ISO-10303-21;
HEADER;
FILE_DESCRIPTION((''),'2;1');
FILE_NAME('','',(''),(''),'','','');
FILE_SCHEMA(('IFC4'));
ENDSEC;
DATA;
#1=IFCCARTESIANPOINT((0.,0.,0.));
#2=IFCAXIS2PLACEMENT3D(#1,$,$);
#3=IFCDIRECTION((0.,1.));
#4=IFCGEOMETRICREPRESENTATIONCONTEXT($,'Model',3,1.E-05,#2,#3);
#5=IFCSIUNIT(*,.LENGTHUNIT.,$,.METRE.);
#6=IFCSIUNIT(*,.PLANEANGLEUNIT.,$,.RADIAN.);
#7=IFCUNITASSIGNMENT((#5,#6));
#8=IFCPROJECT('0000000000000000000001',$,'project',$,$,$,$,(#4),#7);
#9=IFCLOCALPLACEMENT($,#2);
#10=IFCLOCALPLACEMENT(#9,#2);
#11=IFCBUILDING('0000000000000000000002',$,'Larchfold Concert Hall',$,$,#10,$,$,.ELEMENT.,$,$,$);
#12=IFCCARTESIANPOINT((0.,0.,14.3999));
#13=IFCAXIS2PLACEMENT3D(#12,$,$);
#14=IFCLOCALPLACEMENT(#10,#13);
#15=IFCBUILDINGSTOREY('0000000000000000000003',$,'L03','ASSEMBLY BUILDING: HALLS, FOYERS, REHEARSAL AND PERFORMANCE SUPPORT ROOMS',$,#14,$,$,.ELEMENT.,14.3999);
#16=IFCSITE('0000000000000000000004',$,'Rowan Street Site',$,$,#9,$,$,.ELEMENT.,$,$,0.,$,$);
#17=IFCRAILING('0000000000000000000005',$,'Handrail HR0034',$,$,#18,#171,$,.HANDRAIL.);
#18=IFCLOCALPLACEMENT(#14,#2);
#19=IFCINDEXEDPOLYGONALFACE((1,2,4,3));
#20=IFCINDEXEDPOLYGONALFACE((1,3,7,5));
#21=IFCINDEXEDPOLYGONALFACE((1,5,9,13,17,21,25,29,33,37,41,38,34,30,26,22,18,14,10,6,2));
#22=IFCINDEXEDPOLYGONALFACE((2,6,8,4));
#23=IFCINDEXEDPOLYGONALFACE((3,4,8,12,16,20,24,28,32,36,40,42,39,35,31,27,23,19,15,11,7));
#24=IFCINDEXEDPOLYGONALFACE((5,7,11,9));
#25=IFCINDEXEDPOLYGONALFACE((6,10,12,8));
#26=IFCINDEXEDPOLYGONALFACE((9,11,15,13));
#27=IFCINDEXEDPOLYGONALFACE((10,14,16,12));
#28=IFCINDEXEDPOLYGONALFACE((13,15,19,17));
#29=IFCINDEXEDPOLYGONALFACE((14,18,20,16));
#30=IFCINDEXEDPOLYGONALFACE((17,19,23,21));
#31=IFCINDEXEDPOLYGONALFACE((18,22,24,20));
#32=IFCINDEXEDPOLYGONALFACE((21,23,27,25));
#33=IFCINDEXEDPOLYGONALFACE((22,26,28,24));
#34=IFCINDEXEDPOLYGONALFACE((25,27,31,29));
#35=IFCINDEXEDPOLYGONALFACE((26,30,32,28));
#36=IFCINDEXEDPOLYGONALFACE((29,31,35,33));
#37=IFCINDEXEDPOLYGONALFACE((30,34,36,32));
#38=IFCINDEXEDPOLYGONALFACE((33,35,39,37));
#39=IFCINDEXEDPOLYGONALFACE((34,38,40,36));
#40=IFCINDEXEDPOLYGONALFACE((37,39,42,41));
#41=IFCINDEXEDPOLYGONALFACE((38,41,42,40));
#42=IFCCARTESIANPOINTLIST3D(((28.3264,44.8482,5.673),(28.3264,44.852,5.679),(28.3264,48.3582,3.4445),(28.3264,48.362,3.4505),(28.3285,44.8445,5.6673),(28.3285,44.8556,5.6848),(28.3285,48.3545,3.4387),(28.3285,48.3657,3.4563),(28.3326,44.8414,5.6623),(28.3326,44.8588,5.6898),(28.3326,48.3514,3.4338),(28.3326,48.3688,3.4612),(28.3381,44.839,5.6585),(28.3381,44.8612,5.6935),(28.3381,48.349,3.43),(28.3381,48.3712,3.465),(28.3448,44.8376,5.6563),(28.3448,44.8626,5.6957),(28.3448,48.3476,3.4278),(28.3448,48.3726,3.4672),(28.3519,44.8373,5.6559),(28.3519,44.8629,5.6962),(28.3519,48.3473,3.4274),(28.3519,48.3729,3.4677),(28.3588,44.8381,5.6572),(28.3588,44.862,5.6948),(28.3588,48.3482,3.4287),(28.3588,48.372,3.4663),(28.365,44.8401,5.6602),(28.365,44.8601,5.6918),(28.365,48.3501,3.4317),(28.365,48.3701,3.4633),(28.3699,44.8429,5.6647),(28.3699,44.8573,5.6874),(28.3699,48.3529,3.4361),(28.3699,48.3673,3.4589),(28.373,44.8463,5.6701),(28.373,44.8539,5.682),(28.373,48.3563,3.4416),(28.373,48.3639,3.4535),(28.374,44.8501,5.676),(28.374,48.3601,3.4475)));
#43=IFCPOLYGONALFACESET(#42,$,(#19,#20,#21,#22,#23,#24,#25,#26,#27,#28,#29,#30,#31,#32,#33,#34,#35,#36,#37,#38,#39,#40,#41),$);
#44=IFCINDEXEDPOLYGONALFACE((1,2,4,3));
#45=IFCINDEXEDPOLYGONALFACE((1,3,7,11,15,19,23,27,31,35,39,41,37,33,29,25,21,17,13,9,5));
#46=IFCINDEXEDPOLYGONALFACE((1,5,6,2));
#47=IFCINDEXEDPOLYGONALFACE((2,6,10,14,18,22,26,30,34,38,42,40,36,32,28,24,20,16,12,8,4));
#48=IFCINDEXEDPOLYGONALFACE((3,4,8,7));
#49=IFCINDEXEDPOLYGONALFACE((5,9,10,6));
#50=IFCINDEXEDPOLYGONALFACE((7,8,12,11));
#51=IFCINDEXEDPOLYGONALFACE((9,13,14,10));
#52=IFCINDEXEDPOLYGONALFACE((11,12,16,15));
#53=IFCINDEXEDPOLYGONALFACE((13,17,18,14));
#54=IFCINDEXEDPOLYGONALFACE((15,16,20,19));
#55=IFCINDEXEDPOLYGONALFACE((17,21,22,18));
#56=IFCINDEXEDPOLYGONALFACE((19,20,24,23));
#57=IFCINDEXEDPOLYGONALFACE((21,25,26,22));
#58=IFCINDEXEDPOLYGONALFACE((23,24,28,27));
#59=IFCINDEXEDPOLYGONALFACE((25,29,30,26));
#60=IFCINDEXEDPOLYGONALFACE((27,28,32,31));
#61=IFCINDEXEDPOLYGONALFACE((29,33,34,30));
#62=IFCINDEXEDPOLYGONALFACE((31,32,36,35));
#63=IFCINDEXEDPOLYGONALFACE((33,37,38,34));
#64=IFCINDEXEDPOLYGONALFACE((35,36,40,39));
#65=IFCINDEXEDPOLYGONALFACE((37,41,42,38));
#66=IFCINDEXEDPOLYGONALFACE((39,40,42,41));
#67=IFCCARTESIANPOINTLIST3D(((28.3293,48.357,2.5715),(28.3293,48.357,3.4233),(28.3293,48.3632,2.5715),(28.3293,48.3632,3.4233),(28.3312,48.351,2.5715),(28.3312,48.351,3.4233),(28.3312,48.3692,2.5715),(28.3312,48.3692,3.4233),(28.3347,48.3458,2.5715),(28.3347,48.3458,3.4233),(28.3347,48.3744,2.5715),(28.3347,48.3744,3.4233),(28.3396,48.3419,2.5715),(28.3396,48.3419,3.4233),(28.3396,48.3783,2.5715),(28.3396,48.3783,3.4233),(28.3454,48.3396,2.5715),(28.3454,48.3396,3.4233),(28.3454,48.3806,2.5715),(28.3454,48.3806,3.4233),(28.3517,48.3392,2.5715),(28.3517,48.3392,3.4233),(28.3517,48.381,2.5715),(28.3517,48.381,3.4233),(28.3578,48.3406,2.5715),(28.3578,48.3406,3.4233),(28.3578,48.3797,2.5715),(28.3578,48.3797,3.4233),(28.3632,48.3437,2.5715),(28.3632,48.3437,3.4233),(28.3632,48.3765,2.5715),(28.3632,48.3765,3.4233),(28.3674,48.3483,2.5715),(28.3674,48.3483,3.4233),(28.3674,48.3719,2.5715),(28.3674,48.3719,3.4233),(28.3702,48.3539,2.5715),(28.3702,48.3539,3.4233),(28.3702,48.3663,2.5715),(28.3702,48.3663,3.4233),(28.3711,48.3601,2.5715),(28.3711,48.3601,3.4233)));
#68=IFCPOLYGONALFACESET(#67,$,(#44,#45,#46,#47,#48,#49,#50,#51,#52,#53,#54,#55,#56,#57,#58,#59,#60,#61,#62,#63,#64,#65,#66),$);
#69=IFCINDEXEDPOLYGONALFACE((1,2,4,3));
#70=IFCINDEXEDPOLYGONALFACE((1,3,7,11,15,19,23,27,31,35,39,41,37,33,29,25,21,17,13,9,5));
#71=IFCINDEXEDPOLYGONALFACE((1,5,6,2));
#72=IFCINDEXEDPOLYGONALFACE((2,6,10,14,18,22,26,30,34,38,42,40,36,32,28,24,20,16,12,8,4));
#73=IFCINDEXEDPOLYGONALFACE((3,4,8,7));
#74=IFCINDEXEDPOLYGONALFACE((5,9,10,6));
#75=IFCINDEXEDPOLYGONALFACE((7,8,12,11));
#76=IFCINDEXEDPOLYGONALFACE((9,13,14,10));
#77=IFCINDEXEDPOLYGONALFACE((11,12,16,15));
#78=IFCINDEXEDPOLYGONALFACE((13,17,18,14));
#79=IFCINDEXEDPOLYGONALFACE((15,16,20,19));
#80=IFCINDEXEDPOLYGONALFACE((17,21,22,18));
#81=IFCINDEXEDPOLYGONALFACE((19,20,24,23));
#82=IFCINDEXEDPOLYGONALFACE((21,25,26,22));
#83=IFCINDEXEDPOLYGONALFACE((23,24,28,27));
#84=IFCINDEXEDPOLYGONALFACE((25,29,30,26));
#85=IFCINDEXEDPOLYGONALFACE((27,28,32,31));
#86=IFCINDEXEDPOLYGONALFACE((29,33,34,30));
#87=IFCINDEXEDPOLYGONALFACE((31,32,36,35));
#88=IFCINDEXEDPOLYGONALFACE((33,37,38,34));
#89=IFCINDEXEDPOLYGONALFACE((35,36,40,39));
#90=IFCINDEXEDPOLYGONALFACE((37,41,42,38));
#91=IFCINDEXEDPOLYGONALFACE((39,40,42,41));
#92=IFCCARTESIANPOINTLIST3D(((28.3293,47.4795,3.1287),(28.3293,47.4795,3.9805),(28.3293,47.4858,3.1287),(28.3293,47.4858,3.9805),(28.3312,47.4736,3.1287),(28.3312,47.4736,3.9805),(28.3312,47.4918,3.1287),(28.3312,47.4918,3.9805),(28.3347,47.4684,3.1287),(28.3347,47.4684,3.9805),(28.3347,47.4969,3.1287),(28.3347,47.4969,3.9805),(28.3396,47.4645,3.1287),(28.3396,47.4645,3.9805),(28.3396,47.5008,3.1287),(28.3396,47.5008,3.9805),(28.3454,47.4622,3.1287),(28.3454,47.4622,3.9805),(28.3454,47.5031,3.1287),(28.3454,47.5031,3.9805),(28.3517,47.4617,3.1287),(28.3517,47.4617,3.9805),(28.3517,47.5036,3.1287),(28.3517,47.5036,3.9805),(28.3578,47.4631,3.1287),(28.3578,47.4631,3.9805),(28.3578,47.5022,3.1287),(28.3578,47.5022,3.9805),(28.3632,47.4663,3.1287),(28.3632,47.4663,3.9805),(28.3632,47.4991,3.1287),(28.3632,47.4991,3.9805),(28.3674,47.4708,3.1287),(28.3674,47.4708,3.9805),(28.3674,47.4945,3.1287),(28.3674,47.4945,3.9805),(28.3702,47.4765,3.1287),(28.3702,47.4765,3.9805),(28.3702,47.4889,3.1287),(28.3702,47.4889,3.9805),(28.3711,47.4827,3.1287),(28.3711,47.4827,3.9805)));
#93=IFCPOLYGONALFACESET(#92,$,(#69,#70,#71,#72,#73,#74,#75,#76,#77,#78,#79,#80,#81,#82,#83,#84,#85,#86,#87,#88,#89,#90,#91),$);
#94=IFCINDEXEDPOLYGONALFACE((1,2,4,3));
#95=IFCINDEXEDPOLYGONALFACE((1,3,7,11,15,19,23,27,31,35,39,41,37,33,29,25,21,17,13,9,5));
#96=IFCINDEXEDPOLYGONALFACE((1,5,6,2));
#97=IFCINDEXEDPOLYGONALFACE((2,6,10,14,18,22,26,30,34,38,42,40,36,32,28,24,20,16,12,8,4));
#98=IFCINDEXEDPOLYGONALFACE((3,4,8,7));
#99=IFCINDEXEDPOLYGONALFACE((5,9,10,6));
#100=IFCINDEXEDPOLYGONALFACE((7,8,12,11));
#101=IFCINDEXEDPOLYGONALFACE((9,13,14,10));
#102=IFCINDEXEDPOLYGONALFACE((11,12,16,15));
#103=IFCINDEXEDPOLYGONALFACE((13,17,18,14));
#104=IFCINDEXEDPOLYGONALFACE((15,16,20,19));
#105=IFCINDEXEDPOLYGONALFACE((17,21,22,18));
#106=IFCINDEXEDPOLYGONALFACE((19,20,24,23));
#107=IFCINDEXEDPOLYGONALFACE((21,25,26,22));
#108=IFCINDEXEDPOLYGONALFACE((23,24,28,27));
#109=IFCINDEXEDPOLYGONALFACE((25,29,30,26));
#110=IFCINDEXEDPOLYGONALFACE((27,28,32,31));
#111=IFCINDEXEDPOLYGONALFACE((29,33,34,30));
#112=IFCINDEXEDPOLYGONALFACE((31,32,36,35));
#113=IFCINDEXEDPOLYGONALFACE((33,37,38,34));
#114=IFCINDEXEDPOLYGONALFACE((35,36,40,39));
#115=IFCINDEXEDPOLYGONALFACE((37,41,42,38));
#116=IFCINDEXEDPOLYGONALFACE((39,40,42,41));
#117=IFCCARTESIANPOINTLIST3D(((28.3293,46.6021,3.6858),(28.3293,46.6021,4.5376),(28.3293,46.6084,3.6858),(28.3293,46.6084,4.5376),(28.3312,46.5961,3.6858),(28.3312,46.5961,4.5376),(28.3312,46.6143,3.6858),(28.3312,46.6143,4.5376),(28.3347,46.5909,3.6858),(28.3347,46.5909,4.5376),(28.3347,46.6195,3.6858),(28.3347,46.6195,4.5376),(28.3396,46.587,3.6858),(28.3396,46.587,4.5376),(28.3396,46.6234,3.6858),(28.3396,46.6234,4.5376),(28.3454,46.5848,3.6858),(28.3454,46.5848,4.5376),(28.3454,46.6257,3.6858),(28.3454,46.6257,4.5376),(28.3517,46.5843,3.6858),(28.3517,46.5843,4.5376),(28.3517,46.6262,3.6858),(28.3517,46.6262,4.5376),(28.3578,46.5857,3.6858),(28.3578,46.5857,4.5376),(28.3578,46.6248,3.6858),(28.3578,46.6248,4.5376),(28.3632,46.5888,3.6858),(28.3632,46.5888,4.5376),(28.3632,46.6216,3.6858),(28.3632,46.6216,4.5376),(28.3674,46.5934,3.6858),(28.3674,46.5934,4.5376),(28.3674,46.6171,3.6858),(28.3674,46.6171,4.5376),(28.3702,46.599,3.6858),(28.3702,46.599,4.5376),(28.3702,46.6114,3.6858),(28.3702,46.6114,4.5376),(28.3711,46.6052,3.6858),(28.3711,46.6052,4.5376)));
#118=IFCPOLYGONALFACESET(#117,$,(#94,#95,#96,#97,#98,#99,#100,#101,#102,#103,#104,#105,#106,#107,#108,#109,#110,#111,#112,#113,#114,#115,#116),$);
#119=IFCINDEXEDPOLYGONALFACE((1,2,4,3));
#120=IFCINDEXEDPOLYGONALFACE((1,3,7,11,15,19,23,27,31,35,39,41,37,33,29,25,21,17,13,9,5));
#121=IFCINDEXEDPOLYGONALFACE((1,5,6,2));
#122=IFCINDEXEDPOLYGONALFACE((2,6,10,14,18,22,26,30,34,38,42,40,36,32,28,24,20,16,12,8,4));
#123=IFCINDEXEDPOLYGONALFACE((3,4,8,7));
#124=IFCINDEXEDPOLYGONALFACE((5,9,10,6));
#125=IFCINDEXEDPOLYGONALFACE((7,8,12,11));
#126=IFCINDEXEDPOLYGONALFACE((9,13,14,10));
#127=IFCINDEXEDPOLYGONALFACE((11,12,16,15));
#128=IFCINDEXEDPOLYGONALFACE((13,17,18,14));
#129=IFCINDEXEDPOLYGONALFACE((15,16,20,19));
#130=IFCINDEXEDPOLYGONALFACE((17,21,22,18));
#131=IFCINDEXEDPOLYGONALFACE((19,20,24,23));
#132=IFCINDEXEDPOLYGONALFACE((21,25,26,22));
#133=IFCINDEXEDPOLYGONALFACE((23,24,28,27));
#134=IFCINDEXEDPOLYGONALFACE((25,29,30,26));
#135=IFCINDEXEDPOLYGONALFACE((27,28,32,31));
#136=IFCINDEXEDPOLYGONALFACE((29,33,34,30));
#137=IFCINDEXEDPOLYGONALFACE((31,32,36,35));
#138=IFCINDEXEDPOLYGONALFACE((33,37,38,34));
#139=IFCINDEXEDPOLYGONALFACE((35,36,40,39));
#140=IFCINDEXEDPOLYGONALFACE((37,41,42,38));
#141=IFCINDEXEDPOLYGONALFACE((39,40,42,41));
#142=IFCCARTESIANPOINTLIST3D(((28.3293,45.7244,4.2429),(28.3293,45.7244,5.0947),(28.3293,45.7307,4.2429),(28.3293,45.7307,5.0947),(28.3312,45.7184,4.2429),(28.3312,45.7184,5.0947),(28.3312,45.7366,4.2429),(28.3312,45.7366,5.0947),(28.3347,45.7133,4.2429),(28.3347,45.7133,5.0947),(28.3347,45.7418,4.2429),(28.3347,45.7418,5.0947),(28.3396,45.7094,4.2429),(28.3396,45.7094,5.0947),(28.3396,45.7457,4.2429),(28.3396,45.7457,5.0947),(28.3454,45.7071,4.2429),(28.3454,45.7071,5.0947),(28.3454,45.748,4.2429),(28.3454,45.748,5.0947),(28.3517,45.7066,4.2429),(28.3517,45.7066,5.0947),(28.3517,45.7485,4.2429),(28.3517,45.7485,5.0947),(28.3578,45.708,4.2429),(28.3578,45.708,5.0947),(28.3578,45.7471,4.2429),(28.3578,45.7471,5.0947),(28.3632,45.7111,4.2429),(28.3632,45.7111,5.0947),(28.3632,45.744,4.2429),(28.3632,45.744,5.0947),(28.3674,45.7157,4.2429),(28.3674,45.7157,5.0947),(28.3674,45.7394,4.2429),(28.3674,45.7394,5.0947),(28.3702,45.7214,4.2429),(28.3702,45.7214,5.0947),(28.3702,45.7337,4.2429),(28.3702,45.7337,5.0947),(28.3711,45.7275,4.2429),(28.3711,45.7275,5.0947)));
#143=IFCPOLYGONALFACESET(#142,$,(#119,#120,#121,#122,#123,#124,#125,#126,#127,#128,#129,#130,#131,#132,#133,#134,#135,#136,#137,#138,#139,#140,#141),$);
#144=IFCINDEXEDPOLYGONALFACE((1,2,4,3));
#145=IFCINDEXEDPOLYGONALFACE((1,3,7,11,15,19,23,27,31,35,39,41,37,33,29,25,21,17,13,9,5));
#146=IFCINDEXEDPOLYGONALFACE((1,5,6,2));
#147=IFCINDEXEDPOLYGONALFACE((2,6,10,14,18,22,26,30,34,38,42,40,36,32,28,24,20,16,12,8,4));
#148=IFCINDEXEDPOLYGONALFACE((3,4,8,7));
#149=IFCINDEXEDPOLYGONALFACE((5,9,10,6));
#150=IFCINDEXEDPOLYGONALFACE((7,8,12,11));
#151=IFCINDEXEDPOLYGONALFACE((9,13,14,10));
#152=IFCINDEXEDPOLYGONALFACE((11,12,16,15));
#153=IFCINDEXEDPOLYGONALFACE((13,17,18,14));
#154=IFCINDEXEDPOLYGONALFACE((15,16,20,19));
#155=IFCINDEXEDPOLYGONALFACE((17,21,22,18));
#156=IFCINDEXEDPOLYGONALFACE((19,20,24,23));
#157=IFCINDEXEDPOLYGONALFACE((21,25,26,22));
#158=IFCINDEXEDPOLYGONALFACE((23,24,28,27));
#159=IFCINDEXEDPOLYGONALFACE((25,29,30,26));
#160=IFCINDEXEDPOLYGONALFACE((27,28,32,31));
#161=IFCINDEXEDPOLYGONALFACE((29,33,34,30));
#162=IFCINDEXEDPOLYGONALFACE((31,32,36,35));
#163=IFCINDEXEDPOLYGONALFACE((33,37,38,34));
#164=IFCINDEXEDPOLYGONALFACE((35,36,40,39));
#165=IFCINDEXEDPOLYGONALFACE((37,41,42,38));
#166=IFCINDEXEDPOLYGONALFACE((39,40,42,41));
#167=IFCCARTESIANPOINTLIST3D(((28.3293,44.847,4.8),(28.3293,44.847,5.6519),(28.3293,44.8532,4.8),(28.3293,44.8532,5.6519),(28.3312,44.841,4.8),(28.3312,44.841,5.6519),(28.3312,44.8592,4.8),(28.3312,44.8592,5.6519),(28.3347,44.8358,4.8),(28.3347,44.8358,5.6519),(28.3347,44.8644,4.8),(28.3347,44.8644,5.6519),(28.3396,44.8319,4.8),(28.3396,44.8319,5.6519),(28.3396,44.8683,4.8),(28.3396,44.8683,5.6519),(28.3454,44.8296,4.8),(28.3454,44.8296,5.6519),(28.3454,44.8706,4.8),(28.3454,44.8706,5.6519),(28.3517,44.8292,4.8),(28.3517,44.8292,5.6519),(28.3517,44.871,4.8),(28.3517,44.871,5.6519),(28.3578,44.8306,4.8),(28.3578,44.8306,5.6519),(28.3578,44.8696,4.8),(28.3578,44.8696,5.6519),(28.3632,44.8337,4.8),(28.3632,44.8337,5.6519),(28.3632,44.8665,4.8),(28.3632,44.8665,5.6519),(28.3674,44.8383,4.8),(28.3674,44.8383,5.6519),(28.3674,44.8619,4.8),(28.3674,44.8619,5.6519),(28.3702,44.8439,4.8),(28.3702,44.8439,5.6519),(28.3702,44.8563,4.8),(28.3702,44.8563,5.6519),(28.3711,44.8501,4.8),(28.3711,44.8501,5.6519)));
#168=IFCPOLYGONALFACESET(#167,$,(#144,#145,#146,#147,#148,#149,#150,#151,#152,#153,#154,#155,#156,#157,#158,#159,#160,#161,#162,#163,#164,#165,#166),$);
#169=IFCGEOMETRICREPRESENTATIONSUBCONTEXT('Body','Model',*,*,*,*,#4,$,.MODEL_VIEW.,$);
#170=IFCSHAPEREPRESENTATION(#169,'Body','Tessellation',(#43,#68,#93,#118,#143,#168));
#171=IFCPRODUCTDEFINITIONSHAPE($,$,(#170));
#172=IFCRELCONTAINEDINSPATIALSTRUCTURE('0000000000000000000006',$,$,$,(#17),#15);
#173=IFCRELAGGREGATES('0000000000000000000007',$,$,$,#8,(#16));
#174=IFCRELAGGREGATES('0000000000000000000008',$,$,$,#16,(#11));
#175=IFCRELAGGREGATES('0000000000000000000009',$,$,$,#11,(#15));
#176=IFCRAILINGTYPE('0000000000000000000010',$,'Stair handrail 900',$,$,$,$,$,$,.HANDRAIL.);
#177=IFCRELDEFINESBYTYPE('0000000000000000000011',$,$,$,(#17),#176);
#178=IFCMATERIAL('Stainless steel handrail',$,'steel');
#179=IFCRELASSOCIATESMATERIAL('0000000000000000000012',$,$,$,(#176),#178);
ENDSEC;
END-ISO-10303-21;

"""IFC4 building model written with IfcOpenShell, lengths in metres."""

from ifc_helpers import new_model, si_unit, direction, frame, origin, origin_2d, place, context, subcontext, project, spatial, circle, extrude, material, type_object, element, save


model = new_model("IFC4")

# Units and contexts
model_context = context("Model", 3, precision=1e-05, world=origin(), true_north=direction((0.0, 1.0)))
body_context = subcontext(model_context, "Body", "Model", "MODEL_VIEW")
ifc_project = project(units=[si_unit("LENGTHUNIT", "METRE"), si_unit("PLANEANGLEUNIT", "RADIAN")], contexts=[model_context])

# Site, building, storey
site_placement = place(None, origin())
site = spatial("IfcSite", under=ifc_project, at=site_placement, Name="Rowan Street Site", CompositionType="ELEMENT", RefElevation=0.0)
building_placement = place(site_placement, origin())
building = spatial("IfcBuilding", under=site, at=building_placement, Name="Larchfold Concert Hall", CompositionType="ELEMENT")
storey_placement = place(building_placement, frame((0.0, 0.0, 14.3999)))
storey = spatial("IfcBuildingStorey", under=building, at=storey_placement, Name="L03", Description="ASSEMBLY BUILDING: HALLS, FOYERS, REHEARSAL AND PERFORMANCE SUPPORT ROOMS", CompositionType="ELEMENT", Elevation=14.3999)

# Railing
ifc_material_1 = material(Name="Stainless steel handrail", Category="steel")
railing_type_1 = type_object("IfcRailingType", Name="Stair handrail 900", PredefinedType="HANDRAIL", material=ifc_material_1)
railing_1_placement = place(storey_placement, frame((28.3501, 48.3601, 2.5715)))
element("IfcRailing", 1, at=railing_1_placement, inside=storey, type_object=railing_type_1, Name="Handrail HR0034", PredefinedType="HANDRAIL", context=body_context, shape_type="SweptSolid", body=[
    extrude(circle(Radius=0.0239, at=origin_2d()), frame((0.0, 0.0, 0.876), z_axis=(0.0, -0.84422, 0.535998), x_axis=(1.0, 0.0, 0.0)), (0.0, 0.0, 1.0), 4.1577),
    extrude(circle(Radius=0.021, at=origin_2d()), origin(), (0.0, 0.0, 1.0), 0.8518),
    extrude(circle(Radius=0.021, at=origin_2d()), frame((0.0, -0.8774, 0.5571)), (0.0, 0.0, 1.0), 0.8518),
    extrude(circle(Radius=0.021, at=origin_2d()), frame((0.0, -1.7549, 1.1143)), (0.0, 0.0, 1.0), 0.8518),
    extrude(circle(Radius=0.021, at=origin_2d()), frame((0.0, -2.6326, 1.6714)), (0.0, 0.0, 1.0), 0.8518),
    extrude(circle(Radius=0.021, at=origin_2d()), frame((0.0, -3.51, 2.2285)), (0.0, 0.0, 1.0), 0.8518),
])

save(model, "model.ifc")
